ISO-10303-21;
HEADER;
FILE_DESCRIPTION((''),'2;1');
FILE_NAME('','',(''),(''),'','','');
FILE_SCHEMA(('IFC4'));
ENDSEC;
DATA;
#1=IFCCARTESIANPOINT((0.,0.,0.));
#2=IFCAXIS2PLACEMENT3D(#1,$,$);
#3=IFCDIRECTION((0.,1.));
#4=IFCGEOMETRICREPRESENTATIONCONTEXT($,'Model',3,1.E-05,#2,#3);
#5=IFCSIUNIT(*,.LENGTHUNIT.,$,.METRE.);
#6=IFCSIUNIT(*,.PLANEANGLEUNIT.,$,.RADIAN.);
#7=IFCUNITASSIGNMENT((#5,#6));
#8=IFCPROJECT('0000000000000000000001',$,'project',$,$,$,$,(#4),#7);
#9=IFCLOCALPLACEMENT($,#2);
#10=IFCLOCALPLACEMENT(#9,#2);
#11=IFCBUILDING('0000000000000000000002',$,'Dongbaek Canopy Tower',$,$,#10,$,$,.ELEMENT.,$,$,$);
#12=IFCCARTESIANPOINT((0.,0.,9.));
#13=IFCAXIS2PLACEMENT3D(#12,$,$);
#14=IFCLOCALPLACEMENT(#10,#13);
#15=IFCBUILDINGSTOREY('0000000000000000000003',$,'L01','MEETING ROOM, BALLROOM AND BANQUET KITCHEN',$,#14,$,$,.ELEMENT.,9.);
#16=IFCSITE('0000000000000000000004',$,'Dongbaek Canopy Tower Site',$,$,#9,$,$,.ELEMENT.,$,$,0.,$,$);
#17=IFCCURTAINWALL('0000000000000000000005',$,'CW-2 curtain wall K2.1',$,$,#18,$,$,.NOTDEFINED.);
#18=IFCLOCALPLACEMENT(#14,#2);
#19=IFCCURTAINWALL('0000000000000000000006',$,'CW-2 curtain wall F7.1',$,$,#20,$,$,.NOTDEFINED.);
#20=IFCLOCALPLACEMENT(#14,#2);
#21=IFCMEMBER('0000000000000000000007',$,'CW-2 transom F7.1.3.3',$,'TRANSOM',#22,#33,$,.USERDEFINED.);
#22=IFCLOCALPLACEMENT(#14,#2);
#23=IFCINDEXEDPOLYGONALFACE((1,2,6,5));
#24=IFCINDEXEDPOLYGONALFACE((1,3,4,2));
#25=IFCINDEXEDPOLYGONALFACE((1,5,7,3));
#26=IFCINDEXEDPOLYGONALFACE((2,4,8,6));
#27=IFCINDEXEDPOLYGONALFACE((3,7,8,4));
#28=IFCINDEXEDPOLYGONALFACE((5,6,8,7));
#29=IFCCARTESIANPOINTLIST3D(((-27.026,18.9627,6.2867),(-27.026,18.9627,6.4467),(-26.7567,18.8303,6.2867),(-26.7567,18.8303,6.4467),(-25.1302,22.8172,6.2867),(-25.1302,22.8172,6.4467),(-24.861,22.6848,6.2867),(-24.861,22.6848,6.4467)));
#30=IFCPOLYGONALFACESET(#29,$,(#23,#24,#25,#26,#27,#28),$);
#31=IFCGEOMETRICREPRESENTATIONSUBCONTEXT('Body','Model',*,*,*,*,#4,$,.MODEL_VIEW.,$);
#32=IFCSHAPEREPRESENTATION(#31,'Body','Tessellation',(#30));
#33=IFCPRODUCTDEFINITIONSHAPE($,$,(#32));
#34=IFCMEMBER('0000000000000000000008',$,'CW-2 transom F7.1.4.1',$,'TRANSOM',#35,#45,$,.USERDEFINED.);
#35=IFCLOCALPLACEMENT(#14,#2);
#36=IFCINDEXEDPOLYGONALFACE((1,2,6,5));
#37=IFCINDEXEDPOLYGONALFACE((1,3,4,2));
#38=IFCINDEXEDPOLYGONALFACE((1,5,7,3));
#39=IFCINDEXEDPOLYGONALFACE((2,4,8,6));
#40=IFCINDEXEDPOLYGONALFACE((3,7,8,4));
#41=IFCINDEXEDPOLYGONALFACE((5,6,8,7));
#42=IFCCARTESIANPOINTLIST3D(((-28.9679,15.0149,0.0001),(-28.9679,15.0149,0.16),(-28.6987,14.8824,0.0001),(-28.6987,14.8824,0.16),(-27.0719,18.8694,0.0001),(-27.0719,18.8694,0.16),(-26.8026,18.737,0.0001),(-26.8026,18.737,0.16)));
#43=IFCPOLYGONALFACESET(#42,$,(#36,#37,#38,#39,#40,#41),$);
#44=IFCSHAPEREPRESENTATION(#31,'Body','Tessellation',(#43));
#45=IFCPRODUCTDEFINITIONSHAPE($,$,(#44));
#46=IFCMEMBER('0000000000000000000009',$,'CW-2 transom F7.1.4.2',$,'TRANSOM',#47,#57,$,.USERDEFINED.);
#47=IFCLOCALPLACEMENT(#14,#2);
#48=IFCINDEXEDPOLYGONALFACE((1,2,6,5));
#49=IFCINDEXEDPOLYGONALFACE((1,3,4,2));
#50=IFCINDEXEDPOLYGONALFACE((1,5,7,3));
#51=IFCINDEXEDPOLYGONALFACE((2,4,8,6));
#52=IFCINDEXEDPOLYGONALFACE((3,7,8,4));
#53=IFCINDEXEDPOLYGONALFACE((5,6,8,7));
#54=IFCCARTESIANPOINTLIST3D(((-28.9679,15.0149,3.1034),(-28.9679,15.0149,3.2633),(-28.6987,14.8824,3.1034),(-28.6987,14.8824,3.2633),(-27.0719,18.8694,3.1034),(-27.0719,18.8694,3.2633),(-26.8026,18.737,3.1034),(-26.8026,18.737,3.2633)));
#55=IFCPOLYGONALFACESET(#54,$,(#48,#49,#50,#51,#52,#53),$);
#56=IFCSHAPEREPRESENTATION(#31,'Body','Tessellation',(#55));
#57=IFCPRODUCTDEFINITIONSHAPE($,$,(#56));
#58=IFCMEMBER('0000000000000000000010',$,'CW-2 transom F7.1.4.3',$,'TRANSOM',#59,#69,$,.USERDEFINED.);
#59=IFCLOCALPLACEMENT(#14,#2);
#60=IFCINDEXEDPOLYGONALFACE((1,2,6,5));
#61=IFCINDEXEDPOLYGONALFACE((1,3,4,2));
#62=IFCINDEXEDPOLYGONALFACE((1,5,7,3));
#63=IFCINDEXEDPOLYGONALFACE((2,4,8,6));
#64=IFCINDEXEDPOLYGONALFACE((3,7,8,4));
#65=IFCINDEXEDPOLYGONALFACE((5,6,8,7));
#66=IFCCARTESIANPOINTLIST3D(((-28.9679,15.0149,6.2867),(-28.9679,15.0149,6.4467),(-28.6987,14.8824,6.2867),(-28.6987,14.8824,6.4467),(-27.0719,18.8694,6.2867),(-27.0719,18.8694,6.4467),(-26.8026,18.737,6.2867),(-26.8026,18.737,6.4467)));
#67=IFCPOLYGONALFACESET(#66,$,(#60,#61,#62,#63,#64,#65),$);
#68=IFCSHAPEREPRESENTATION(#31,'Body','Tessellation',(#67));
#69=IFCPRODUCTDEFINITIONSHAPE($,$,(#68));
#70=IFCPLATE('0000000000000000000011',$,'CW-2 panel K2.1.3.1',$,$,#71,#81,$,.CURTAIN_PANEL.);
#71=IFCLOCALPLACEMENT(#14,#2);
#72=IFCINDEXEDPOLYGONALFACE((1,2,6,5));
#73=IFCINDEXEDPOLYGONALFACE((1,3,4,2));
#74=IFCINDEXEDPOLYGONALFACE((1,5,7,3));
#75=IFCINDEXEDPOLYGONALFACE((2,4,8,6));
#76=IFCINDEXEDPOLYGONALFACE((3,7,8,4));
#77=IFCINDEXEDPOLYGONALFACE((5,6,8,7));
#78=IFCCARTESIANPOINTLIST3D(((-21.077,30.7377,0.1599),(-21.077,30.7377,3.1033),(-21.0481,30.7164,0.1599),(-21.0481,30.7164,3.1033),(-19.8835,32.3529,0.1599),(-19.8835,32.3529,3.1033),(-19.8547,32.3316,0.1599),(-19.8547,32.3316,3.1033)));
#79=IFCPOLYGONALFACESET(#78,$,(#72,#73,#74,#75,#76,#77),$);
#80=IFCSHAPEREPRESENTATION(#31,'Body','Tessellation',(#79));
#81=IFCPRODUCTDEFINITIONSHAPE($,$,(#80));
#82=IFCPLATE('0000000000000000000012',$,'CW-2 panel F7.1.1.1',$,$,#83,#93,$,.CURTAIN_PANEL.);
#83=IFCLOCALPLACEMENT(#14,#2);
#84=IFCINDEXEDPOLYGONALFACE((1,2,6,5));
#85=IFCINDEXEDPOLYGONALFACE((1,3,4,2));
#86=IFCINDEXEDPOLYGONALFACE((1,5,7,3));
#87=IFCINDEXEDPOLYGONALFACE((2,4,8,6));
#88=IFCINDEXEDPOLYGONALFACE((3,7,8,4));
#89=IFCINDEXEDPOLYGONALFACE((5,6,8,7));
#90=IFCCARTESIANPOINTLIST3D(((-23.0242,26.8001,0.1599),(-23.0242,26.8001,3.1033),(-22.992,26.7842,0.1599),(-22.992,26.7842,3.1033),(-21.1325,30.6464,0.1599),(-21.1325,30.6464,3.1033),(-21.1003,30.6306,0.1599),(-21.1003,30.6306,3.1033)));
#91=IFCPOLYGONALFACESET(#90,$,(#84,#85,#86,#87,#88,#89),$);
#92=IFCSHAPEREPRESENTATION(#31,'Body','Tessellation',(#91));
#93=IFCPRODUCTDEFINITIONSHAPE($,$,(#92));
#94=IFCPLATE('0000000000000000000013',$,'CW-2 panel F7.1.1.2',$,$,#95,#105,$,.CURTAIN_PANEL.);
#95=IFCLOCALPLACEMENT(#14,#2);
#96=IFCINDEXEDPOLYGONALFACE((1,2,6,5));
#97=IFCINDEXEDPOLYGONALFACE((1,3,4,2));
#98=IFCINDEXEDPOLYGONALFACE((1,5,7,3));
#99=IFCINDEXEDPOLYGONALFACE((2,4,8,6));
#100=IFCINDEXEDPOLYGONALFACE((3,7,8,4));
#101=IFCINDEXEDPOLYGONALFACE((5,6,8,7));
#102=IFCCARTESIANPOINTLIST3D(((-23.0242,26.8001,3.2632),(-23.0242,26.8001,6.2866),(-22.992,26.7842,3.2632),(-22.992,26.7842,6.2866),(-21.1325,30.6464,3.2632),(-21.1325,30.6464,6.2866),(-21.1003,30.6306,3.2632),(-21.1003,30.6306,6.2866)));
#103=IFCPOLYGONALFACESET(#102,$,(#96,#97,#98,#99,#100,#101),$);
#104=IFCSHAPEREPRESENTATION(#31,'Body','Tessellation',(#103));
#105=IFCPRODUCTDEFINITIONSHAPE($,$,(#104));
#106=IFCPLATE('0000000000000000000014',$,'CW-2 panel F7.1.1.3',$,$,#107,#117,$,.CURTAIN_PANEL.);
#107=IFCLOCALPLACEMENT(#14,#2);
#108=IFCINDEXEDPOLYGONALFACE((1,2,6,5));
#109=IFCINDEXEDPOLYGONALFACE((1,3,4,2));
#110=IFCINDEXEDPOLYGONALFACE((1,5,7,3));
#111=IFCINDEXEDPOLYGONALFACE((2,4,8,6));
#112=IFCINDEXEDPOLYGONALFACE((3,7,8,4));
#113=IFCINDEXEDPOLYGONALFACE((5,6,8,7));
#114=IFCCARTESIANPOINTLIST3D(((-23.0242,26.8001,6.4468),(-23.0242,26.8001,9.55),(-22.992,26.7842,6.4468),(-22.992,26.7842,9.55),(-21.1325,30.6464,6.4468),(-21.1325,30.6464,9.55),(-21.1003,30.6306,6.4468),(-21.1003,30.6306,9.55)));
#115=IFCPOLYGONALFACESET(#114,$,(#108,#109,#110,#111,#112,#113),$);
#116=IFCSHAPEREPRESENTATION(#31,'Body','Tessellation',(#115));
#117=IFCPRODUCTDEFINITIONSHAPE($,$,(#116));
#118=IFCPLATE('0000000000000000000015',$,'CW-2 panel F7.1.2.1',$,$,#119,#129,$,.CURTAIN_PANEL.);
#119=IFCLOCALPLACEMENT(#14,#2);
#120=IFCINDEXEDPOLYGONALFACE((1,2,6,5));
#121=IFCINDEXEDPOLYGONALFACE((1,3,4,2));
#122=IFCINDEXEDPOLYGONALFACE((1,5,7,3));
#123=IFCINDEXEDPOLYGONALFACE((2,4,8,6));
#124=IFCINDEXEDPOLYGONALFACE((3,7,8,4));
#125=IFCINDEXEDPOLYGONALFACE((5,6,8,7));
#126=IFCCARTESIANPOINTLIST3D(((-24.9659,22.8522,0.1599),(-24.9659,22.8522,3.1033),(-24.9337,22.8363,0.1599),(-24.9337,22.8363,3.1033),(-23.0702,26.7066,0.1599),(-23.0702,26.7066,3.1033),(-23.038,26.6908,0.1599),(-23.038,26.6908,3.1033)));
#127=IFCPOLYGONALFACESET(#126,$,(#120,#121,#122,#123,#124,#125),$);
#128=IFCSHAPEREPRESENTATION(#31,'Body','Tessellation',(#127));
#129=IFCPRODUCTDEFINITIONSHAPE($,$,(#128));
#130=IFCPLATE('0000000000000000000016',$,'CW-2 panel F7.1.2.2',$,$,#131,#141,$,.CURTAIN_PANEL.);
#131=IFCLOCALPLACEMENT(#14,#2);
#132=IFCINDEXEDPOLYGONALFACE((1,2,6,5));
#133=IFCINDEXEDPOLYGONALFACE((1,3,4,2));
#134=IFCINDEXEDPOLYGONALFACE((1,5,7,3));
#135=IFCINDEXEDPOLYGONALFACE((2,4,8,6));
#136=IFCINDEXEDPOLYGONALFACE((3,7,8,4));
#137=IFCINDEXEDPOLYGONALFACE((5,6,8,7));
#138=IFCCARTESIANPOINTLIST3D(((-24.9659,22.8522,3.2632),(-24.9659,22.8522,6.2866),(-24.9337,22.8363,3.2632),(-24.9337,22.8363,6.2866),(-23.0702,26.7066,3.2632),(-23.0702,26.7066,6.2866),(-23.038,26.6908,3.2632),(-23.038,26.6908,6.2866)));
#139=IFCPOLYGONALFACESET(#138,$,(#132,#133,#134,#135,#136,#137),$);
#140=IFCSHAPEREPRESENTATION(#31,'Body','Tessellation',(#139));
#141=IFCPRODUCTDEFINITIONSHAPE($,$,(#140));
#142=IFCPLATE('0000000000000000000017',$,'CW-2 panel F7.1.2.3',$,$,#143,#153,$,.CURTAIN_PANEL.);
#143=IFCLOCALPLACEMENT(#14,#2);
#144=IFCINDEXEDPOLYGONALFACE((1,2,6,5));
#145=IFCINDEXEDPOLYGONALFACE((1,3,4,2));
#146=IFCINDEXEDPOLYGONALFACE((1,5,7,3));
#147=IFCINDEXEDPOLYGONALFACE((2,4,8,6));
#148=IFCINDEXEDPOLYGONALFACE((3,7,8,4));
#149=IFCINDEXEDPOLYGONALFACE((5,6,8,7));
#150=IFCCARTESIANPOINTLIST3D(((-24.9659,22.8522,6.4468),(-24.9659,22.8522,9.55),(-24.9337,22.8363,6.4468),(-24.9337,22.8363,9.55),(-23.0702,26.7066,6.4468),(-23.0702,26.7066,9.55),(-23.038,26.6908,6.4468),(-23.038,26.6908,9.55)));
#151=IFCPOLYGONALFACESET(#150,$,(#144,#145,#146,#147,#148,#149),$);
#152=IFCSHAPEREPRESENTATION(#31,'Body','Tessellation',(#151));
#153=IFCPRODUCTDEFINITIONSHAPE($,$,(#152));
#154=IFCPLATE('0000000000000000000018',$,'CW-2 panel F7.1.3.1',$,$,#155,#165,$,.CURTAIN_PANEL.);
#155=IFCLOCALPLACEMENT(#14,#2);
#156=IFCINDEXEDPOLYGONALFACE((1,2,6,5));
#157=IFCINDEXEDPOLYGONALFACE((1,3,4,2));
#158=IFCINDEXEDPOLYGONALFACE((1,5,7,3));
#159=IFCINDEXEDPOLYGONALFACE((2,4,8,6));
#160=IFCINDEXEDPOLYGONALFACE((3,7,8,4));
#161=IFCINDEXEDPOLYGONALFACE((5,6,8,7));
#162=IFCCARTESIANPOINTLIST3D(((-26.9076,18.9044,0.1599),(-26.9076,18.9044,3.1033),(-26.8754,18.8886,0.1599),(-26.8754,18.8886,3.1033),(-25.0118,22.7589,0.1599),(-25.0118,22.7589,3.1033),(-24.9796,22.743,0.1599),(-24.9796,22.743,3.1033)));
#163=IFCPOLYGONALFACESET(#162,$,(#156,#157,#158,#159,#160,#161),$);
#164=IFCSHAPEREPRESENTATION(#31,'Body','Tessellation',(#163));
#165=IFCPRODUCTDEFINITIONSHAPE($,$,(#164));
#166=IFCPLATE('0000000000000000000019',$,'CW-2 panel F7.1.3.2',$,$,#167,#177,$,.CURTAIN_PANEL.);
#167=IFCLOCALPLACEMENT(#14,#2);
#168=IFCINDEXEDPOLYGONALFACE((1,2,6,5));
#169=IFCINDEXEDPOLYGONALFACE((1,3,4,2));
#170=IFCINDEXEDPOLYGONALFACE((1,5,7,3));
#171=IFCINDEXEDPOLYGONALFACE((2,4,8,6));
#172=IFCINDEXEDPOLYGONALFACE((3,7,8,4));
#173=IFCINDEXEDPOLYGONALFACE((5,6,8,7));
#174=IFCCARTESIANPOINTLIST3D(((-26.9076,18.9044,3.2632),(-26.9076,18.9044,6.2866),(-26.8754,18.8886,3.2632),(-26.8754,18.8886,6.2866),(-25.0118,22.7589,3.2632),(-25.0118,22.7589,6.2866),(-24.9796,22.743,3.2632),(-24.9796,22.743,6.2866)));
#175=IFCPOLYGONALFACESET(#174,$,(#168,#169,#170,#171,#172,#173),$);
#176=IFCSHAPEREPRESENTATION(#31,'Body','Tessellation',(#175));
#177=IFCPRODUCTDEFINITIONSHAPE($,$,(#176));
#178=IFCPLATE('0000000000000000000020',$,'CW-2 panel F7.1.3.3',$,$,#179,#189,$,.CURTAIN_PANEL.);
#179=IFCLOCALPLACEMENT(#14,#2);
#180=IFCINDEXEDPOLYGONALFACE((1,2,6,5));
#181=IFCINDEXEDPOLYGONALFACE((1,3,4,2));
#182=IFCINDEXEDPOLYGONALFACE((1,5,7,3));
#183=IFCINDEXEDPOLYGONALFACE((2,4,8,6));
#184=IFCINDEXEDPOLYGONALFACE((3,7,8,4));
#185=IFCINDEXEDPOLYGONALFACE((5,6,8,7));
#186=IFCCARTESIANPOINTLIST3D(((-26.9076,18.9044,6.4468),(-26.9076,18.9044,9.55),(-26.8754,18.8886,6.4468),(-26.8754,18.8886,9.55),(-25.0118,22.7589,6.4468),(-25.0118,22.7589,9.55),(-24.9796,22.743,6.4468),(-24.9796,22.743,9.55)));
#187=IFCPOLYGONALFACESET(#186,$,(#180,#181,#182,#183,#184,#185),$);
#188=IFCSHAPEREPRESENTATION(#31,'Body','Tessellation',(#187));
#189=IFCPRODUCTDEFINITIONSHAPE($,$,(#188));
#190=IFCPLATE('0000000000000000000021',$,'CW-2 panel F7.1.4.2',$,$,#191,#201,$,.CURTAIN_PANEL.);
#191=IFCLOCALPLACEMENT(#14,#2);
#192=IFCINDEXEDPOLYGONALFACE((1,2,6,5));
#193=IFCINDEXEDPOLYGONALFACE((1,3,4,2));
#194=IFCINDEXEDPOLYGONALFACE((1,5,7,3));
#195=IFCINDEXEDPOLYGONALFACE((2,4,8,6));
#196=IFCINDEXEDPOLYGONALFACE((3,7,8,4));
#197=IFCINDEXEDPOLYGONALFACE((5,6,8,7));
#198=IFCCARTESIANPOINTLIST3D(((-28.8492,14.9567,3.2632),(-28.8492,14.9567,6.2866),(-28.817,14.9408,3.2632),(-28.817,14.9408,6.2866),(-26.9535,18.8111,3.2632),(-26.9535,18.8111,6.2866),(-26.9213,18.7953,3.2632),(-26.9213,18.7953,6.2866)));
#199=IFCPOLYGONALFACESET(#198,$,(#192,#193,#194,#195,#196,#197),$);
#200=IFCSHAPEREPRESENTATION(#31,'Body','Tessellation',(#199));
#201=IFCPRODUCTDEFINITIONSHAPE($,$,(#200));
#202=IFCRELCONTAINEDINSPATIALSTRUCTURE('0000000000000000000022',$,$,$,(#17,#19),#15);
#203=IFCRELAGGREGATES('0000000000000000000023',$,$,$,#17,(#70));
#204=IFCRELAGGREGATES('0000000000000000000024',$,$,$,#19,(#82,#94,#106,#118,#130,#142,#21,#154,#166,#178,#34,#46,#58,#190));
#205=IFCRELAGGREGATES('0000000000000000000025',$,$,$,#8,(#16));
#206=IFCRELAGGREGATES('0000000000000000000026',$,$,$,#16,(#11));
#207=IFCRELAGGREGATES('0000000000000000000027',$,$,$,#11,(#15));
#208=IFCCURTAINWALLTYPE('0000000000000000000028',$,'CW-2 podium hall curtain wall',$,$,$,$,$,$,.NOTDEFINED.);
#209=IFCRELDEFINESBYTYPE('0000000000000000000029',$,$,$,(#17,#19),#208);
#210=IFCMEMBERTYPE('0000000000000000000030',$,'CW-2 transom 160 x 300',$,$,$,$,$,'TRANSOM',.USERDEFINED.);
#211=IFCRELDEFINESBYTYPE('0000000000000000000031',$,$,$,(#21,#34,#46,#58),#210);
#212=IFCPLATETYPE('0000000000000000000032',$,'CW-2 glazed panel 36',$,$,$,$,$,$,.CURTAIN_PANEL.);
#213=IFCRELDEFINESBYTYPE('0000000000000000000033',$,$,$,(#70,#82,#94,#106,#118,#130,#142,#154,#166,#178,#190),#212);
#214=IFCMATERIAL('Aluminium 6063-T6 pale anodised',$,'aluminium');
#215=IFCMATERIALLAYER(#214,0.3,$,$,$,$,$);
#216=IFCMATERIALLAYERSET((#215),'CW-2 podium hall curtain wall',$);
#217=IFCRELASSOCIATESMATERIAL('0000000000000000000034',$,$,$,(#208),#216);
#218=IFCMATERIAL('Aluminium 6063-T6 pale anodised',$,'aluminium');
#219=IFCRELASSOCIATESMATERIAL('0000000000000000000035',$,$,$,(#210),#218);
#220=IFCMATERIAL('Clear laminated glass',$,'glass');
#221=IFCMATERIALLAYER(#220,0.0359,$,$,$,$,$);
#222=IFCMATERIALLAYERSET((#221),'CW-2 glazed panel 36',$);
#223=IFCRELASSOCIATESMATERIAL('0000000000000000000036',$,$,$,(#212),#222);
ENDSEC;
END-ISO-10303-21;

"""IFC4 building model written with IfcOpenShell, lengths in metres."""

from ifc_helpers import new_model, si_unit, direction, frame, origin, origin_2d, place, context, subcontext, project, spatial, rectangle, extrude, material, layer, layer_set, material_profile, profile_set, type_object, element, aggregate, save


model = new_model("IFC4")

# Units and contexts
model_context = context("Model", 3, precision=1e-05, world=origin(), true_north=direction((0.0, 1.0)))
body_context = subcontext(model_context, "Body", "Model", "MODEL_VIEW")
ifc_project = project(units=[si_unit("LENGTHUNIT", "METRE"), si_unit("PLANEANGLEUNIT", "RADIAN")], contexts=[model_context])

# Site, building, storey
site_placement = place(None, origin())
site = spatial("IfcSite", under=ifc_project, at=site_placement, Name="Dongbaek Canopy Tower Site", CompositionType="ELEMENT", RefElevation=0.0)
building_placement = place(site_placement, origin())
building = spatial("IfcBuilding", under=site, at=building_placement, Name="Dongbaek Canopy Tower", CompositionType="ELEMENT")
storey_placement = place(building_placement, frame((0.0, 0.0, 9.0)))
storey = spatial("IfcBuildingStorey", under=building, at=storey_placement, Name="L01", Description="MEETING ROOM, BALLROOM AND BANQUET KITCHEN", CompositionType="ELEMENT", Elevation=9.0)

# Curtain wall
ifc_material_1 = material(Name="Aluminium 6063-T6 pale anodised", Category="aluminium")
ifc_layer_1 = layer(ifc_material_1, 0.3)
ifc_layer_set_1 = layer_set([ifc_layer_1], Name="CW-2 podium hall curtain wall")
curtain_wall_type = type_object("IfcCurtainWallType", Name="CW-2 podium hall curtain wall", PredefinedType="NOTDEFINED", material=ifc_layer_set_1)
curtain_wall_1_placement = place(storey_placement, origin())
curtain_wall_1 = element("IfcCurtainWall", 1, at=curtain_wall_1_placement, inside=storey, type_object=curtain_wall_type, Name="CW-2 curtain wall K2.1", PredefinedType="NOTDEFINED")

# Curtain wall, members
curtain_wall_2_placement = place(storey_placement, origin())
curtain_wall_2 = element("IfcCurtainWall", 2, at=curtain_wall_2_placement, inside=storey, type_object=curtain_wall_type, Name="CW-2 curtain wall F7.1", PredefinedType="NOTDEFINED")
ifc_material_2 = material(Name="Aluminium 6063-T6 pale anodised", Category="aluminium")
ifc_material_profile_1 = material_profile(ifc_material_2, rectangle(XDim=0.3, YDim=0.1599, at=origin_2d()), Name="CW-2 transom 160 x 300")
ifc_profile_set_1 = profile_set([ifc_material_profile_1], Name="Aluminium 6063-T6 pale anodised")
member_type_1 = type_object("IfcMemberType", Name="CW-2 transom 160 x 300", ElementType="TRANSOM", PredefinedType="USERDEFINED", material=ifc_profile_set_1)
member_1_placement = place(storey_placement, frame((-24.9956, 22.751, 6.3667), z_axis=(-0.441338, -0.897341, 0.0), x_axis=(0.897341, -0.441338, 0.0)))
member_1 = element("IfcMember", 3, at=member_1_placement, type_object=member_type_1, Name="CW-2 transom F7.1.3.3", ObjectType="TRANSOM", PredefinedType="USERDEFINED", context=body_context, shape_type="SweptSolid", body=[
    extrude(rectangle(XDim=0.3, YDim=0.1599, at=origin_2d()), origin(), (0.0, 0.0, 1.0), 4.2954),
])
member_2_placement = place(storey_placement, frame((-26.9373, 18.8032, 0.0801), z_axis=(-0.441384, -0.897318, 0.0), x_axis=(0.897318, -0.441384, 0.0)))
member_2 = element("IfcMember", 4, at=member_2_placement, type_object=member_type_1, Name="CW-2 transom F7.1.4.1", ObjectType="TRANSOM", PredefinedType="USERDEFINED", context=body_context, shape_type="SweptSolid", body=[
    extrude(rectangle(XDim=0.3, YDim=0.1599, at=origin_2d()), origin(), (0.0, 0.0, 1.0), 4.2957),
])
member_3_placement = place(storey_placement, frame((-26.9373, 18.8032, 3.1833), z_axis=(-0.441384, -0.897318, 0.0), x_axis=(0.897318, -0.441384, 0.0)))
member_3 = element("IfcMember", 5, at=member_3_placement, type_object=member_type_1, Name="CW-2 transom F7.1.4.2", ObjectType="TRANSOM", PredefinedType="USERDEFINED", context=body_context, shape_type="SweptSolid", body=[
    extrude(rectangle(XDim=0.3, YDim=0.1599, at=origin_2d()), origin(), (0.0, 0.0, 1.0), 4.2957),
])
member_4_placement = place(storey_placement, frame((-26.9373, 18.8032, 6.3667), z_axis=(-0.441384, -0.897318, 0.0), x_axis=(0.897318, -0.441384, 0.0)))
member_4 = element("IfcMember", 6, at=member_4_placement, type_object=member_type_1, Name="CW-2 transom F7.1.4.3", ObjectType="TRANSOM", PredefinedType="USERDEFINED", context=body_context, shape_type="SweptSolid", body=[
    extrude(rectangle(XDim=0.3, YDim=0.1599, at=origin_2d()), origin(), (0.0, 0.0, 1.0), 4.2957),
])

# Plates
ifc_material_3 = material(Name="Clear laminated glass", Category="glass")
ifc_layer_2 = layer(ifc_material_3, 0.0359)
ifc_layer_set_2 = layer_set([ifc_layer_2], Name="CW-2 glazed panel 36")
plate_type = type_object("IfcPlateType", Name="CW-2 glazed panel 36", PredefinedType="CURTAIN_PANEL", material=ifc_layer_set_2)
plate_1_placement = place(storey_placement, frame((-20.4658, 31.5347, 0.1599), z_axis=(0.0, 0.0, 1.0), x_axis=(-0.594253, -0.804278, 0.0)))
plate_1 = element("IfcPlate", 7, at=plate_1_placement, type_object=plate_type, Name="CW-2 panel K2.1.3.1", PredefinedType="CURTAIN_PANEL", context=body_context, shape_type="SweptSolid", body=[
    extrude(rectangle(XDim=2.0083, YDim=0.0359, at=origin_2d()), origin(), (0.0, 0.0, 1.0), 2.9434),
])
aggregate(curtain_wall_1, [plate_1])
plate_2_placement = place(storey_placement, frame((-22.0623, 28.7153, 0.1599), z_axis=(0.0, 0.0, 1.0), x_axis=(-0.441342, -0.897339, 0.0)))
plate_2 = element("IfcPlate", 8, at=plate_2_placement, type_object=plate_type, Name="CW-2 panel F7.1.1.1", PredefinedType="CURTAIN_PANEL", context=body_context, shape_type="SweptSolid", body=[
    extrude(rectangle(XDim=4.2864, YDim=0.0359, at=origin_2d()), origin(), (0.0, 0.0, 1.0), 2.9434),
])
plate_3_placement = place(storey_placement, frame((-22.0623, 28.7153, 3.2632), z_axis=(0.0, 0.0, 1.0), x_axis=(-0.441342, -0.897339, 0.0)))
plate_3 = element("IfcPlate", 9, at=plate_3_placement, type_object=plate_type, Name="CW-2 panel F7.1.1.2", PredefinedType="CURTAIN_PANEL", context=body_context, shape_type="SweptSolid", body=[
    extrude(rectangle(XDim=4.2864, YDim=0.0359, at=origin_2d()), origin(), (0.0, 0.0, 1.0), 3.0234),
])
plate_4_placement = place(storey_placement, frame((-22.0623, 28.7153, 6.4468), z_axis=(0.0, 0.0, 1.0), x_axis=(-0.441342, -0.897339, 0.0)))
plate_4 = element("IfcPlate", 10, at=plate_4_placement, type_object=plate_type, Name="CW-2 panel F7.1.1.3", PredefinedType="CURTAIN_PANEL", context=body_context, shape_type="SweptSolid", body=[
    extrude(rectangle(XDim=4.2864, YDim=0.0359, at=origin_2d()), origin(), (0.0, 0.0, 1.0), 3.1033),
])
plate_5_placement = place(storey_placement, frame((-24.002, 24.7715, 0.1599), z_axis=(0.0, 0.0, 1.0), x_axis=(-0.441342, -0.897339, 0.0)))
plate_5 = element("IfcPlate", 11, at=plate_5_placement, type_object=plate_type, Name="CW-2 panel F7.1.2.1", PredefinedType="CURTAIN_PANEL", context=body_context, shape_type="SweptSolid", body=[
    extrude(rectangle(XDim=4.2954, YDim=0.0359, at=origin_2d()), origin(), (0.0, 0.0, 1.0), 2.9434),
])
plate_6_placement = place(storey_placement, frame((-24.002, 24.7715, 3.2632), z_axis=(0.0, 0.0, 1.0), x_axis=(-0.441342, -0.897339, 0.0)))
plate_6 = element("IfcPlate", 12, at=plate_6_placement, type_object=plate_type, Name="CW-2 panel F7.1.2.2", PredefinedType="CURTAIN_PANEL", context=body_context, shape_type="SweptSolid", body=[
    extrude(rectangle(XDim=4.2954, YDim=0.0359, at=origin_2d()), origin(), (0.0, 0.0, 1.0), 3.0234),
])
plate_7_placement = place(storey_placement, frame((-24.002, 24.7715, 6.4468), z_axis=(0.0, 0.0, 1.0), x_axis=(-0.441342, -0.897339, 0.0)))
plate_7 = element("IfcPlate", 13, at=plate_7_placement, type_object=plate_type, Name="CW-2 panel F7.1.2.3", PredefinedType="CURTAIN_PANEL", context=body_context, shape_type="SweptSolid", body=[
    extrude(rectangle(XDim=4.2954, YDim=0.0359, at=origin_2d()), origin(), (0.0, 0.0, 1.0), 3.1033),
])
plate_8_placement = place(storey_placement, frame((-25.9436, 20.8237, 0.1599), z_axis=(0.0, 0.0, 1.0), x_axis=(-0.441342, -0.897339, 0.0)))
plate_8 = element("IfcPlate", 14, at=plate_8_placement, type_object=plate_type, Name="CW-2 panel F7.1.3.1", PredefinedType="CURTAIN_PANEL", context=body_context, shape_type="SweptSolid", body=[
    extrude(rectangle(XDim=4.2954, YDim=0.0359, at=origin_2d()), origin(), (0.0, 0.0, 1.0), 2.9434),
])
plate_9_placement = place(storey_placement, frame((-25.9436, 20.8237, 3.2632), z_axis=(0.0, 0.0, 1.0), x_axis=(-0.441342, -0.897339, 0.0)))
plate_9 = element("IfcPlate", 15, at=plate_9_placement, type_object=plate_type, Name="CW-2 panel F7.1.3.2", PredefinedType="CURTAIN_PANEL", context=body_context, shape_type="SweptSolid", body=[
    extrude(rectangle(XDim=4.2954, YDim=0.0359, at=origin_2d()), origin(), (0.0, 0.0, 1.0), 3.0234),
])
plate_10_placement = place(storey_placement, frame((-25.9436, 20.8237, 6.4468), z_axis=(0.0, 0.0, 1.0), x_axis=(-0.441342, -0.897339, 0.0)))
plate_10 = element("IfcPlate", 16, at=plate_10_placement, type_object=plate_type, Name="CW-2 panel F7.1.3.3", PredefinedType="CURTAIN_PANEL", context=body_context, shape_type="SweptSolid", body=[
    extrude(rectangle(XDim=4.2954, YDim=0.0359, at=origin_2d()), origin(), (0.0, 0.0, 1.0), 3.1033),
])
plate_11_placement = place(storey_placement, frame((-27.8853, 16.876, 3.2632), z_axis=(0.0, 0.0, 1.0), x_axis=(-0.441342, -0.897339, 0.0)))
plate_11 = element("IfcPlate", 17, at=plate_11_placement, type_object=plate_type, Name="CW-2 panel F7.1.4.2", PredefinedType="CURTAIN_PANEL", context=body_context, shape_type="SweptSolid", body=[
    extrude(rectangle(XDim=4.2954, YDim=0.0359, at=origin_2d()), origin(), (0.0, 0.0, 1.0), 3.0234),
])
aggregate(curtain_wall_2, [plate_2, plate_3, plate_4, plate_5, plate_6, plate_7, member_1, plate_8, plate_9, plate_10, member_2, member_3, member_4, plate_11])

save(model, "model.ifc")
